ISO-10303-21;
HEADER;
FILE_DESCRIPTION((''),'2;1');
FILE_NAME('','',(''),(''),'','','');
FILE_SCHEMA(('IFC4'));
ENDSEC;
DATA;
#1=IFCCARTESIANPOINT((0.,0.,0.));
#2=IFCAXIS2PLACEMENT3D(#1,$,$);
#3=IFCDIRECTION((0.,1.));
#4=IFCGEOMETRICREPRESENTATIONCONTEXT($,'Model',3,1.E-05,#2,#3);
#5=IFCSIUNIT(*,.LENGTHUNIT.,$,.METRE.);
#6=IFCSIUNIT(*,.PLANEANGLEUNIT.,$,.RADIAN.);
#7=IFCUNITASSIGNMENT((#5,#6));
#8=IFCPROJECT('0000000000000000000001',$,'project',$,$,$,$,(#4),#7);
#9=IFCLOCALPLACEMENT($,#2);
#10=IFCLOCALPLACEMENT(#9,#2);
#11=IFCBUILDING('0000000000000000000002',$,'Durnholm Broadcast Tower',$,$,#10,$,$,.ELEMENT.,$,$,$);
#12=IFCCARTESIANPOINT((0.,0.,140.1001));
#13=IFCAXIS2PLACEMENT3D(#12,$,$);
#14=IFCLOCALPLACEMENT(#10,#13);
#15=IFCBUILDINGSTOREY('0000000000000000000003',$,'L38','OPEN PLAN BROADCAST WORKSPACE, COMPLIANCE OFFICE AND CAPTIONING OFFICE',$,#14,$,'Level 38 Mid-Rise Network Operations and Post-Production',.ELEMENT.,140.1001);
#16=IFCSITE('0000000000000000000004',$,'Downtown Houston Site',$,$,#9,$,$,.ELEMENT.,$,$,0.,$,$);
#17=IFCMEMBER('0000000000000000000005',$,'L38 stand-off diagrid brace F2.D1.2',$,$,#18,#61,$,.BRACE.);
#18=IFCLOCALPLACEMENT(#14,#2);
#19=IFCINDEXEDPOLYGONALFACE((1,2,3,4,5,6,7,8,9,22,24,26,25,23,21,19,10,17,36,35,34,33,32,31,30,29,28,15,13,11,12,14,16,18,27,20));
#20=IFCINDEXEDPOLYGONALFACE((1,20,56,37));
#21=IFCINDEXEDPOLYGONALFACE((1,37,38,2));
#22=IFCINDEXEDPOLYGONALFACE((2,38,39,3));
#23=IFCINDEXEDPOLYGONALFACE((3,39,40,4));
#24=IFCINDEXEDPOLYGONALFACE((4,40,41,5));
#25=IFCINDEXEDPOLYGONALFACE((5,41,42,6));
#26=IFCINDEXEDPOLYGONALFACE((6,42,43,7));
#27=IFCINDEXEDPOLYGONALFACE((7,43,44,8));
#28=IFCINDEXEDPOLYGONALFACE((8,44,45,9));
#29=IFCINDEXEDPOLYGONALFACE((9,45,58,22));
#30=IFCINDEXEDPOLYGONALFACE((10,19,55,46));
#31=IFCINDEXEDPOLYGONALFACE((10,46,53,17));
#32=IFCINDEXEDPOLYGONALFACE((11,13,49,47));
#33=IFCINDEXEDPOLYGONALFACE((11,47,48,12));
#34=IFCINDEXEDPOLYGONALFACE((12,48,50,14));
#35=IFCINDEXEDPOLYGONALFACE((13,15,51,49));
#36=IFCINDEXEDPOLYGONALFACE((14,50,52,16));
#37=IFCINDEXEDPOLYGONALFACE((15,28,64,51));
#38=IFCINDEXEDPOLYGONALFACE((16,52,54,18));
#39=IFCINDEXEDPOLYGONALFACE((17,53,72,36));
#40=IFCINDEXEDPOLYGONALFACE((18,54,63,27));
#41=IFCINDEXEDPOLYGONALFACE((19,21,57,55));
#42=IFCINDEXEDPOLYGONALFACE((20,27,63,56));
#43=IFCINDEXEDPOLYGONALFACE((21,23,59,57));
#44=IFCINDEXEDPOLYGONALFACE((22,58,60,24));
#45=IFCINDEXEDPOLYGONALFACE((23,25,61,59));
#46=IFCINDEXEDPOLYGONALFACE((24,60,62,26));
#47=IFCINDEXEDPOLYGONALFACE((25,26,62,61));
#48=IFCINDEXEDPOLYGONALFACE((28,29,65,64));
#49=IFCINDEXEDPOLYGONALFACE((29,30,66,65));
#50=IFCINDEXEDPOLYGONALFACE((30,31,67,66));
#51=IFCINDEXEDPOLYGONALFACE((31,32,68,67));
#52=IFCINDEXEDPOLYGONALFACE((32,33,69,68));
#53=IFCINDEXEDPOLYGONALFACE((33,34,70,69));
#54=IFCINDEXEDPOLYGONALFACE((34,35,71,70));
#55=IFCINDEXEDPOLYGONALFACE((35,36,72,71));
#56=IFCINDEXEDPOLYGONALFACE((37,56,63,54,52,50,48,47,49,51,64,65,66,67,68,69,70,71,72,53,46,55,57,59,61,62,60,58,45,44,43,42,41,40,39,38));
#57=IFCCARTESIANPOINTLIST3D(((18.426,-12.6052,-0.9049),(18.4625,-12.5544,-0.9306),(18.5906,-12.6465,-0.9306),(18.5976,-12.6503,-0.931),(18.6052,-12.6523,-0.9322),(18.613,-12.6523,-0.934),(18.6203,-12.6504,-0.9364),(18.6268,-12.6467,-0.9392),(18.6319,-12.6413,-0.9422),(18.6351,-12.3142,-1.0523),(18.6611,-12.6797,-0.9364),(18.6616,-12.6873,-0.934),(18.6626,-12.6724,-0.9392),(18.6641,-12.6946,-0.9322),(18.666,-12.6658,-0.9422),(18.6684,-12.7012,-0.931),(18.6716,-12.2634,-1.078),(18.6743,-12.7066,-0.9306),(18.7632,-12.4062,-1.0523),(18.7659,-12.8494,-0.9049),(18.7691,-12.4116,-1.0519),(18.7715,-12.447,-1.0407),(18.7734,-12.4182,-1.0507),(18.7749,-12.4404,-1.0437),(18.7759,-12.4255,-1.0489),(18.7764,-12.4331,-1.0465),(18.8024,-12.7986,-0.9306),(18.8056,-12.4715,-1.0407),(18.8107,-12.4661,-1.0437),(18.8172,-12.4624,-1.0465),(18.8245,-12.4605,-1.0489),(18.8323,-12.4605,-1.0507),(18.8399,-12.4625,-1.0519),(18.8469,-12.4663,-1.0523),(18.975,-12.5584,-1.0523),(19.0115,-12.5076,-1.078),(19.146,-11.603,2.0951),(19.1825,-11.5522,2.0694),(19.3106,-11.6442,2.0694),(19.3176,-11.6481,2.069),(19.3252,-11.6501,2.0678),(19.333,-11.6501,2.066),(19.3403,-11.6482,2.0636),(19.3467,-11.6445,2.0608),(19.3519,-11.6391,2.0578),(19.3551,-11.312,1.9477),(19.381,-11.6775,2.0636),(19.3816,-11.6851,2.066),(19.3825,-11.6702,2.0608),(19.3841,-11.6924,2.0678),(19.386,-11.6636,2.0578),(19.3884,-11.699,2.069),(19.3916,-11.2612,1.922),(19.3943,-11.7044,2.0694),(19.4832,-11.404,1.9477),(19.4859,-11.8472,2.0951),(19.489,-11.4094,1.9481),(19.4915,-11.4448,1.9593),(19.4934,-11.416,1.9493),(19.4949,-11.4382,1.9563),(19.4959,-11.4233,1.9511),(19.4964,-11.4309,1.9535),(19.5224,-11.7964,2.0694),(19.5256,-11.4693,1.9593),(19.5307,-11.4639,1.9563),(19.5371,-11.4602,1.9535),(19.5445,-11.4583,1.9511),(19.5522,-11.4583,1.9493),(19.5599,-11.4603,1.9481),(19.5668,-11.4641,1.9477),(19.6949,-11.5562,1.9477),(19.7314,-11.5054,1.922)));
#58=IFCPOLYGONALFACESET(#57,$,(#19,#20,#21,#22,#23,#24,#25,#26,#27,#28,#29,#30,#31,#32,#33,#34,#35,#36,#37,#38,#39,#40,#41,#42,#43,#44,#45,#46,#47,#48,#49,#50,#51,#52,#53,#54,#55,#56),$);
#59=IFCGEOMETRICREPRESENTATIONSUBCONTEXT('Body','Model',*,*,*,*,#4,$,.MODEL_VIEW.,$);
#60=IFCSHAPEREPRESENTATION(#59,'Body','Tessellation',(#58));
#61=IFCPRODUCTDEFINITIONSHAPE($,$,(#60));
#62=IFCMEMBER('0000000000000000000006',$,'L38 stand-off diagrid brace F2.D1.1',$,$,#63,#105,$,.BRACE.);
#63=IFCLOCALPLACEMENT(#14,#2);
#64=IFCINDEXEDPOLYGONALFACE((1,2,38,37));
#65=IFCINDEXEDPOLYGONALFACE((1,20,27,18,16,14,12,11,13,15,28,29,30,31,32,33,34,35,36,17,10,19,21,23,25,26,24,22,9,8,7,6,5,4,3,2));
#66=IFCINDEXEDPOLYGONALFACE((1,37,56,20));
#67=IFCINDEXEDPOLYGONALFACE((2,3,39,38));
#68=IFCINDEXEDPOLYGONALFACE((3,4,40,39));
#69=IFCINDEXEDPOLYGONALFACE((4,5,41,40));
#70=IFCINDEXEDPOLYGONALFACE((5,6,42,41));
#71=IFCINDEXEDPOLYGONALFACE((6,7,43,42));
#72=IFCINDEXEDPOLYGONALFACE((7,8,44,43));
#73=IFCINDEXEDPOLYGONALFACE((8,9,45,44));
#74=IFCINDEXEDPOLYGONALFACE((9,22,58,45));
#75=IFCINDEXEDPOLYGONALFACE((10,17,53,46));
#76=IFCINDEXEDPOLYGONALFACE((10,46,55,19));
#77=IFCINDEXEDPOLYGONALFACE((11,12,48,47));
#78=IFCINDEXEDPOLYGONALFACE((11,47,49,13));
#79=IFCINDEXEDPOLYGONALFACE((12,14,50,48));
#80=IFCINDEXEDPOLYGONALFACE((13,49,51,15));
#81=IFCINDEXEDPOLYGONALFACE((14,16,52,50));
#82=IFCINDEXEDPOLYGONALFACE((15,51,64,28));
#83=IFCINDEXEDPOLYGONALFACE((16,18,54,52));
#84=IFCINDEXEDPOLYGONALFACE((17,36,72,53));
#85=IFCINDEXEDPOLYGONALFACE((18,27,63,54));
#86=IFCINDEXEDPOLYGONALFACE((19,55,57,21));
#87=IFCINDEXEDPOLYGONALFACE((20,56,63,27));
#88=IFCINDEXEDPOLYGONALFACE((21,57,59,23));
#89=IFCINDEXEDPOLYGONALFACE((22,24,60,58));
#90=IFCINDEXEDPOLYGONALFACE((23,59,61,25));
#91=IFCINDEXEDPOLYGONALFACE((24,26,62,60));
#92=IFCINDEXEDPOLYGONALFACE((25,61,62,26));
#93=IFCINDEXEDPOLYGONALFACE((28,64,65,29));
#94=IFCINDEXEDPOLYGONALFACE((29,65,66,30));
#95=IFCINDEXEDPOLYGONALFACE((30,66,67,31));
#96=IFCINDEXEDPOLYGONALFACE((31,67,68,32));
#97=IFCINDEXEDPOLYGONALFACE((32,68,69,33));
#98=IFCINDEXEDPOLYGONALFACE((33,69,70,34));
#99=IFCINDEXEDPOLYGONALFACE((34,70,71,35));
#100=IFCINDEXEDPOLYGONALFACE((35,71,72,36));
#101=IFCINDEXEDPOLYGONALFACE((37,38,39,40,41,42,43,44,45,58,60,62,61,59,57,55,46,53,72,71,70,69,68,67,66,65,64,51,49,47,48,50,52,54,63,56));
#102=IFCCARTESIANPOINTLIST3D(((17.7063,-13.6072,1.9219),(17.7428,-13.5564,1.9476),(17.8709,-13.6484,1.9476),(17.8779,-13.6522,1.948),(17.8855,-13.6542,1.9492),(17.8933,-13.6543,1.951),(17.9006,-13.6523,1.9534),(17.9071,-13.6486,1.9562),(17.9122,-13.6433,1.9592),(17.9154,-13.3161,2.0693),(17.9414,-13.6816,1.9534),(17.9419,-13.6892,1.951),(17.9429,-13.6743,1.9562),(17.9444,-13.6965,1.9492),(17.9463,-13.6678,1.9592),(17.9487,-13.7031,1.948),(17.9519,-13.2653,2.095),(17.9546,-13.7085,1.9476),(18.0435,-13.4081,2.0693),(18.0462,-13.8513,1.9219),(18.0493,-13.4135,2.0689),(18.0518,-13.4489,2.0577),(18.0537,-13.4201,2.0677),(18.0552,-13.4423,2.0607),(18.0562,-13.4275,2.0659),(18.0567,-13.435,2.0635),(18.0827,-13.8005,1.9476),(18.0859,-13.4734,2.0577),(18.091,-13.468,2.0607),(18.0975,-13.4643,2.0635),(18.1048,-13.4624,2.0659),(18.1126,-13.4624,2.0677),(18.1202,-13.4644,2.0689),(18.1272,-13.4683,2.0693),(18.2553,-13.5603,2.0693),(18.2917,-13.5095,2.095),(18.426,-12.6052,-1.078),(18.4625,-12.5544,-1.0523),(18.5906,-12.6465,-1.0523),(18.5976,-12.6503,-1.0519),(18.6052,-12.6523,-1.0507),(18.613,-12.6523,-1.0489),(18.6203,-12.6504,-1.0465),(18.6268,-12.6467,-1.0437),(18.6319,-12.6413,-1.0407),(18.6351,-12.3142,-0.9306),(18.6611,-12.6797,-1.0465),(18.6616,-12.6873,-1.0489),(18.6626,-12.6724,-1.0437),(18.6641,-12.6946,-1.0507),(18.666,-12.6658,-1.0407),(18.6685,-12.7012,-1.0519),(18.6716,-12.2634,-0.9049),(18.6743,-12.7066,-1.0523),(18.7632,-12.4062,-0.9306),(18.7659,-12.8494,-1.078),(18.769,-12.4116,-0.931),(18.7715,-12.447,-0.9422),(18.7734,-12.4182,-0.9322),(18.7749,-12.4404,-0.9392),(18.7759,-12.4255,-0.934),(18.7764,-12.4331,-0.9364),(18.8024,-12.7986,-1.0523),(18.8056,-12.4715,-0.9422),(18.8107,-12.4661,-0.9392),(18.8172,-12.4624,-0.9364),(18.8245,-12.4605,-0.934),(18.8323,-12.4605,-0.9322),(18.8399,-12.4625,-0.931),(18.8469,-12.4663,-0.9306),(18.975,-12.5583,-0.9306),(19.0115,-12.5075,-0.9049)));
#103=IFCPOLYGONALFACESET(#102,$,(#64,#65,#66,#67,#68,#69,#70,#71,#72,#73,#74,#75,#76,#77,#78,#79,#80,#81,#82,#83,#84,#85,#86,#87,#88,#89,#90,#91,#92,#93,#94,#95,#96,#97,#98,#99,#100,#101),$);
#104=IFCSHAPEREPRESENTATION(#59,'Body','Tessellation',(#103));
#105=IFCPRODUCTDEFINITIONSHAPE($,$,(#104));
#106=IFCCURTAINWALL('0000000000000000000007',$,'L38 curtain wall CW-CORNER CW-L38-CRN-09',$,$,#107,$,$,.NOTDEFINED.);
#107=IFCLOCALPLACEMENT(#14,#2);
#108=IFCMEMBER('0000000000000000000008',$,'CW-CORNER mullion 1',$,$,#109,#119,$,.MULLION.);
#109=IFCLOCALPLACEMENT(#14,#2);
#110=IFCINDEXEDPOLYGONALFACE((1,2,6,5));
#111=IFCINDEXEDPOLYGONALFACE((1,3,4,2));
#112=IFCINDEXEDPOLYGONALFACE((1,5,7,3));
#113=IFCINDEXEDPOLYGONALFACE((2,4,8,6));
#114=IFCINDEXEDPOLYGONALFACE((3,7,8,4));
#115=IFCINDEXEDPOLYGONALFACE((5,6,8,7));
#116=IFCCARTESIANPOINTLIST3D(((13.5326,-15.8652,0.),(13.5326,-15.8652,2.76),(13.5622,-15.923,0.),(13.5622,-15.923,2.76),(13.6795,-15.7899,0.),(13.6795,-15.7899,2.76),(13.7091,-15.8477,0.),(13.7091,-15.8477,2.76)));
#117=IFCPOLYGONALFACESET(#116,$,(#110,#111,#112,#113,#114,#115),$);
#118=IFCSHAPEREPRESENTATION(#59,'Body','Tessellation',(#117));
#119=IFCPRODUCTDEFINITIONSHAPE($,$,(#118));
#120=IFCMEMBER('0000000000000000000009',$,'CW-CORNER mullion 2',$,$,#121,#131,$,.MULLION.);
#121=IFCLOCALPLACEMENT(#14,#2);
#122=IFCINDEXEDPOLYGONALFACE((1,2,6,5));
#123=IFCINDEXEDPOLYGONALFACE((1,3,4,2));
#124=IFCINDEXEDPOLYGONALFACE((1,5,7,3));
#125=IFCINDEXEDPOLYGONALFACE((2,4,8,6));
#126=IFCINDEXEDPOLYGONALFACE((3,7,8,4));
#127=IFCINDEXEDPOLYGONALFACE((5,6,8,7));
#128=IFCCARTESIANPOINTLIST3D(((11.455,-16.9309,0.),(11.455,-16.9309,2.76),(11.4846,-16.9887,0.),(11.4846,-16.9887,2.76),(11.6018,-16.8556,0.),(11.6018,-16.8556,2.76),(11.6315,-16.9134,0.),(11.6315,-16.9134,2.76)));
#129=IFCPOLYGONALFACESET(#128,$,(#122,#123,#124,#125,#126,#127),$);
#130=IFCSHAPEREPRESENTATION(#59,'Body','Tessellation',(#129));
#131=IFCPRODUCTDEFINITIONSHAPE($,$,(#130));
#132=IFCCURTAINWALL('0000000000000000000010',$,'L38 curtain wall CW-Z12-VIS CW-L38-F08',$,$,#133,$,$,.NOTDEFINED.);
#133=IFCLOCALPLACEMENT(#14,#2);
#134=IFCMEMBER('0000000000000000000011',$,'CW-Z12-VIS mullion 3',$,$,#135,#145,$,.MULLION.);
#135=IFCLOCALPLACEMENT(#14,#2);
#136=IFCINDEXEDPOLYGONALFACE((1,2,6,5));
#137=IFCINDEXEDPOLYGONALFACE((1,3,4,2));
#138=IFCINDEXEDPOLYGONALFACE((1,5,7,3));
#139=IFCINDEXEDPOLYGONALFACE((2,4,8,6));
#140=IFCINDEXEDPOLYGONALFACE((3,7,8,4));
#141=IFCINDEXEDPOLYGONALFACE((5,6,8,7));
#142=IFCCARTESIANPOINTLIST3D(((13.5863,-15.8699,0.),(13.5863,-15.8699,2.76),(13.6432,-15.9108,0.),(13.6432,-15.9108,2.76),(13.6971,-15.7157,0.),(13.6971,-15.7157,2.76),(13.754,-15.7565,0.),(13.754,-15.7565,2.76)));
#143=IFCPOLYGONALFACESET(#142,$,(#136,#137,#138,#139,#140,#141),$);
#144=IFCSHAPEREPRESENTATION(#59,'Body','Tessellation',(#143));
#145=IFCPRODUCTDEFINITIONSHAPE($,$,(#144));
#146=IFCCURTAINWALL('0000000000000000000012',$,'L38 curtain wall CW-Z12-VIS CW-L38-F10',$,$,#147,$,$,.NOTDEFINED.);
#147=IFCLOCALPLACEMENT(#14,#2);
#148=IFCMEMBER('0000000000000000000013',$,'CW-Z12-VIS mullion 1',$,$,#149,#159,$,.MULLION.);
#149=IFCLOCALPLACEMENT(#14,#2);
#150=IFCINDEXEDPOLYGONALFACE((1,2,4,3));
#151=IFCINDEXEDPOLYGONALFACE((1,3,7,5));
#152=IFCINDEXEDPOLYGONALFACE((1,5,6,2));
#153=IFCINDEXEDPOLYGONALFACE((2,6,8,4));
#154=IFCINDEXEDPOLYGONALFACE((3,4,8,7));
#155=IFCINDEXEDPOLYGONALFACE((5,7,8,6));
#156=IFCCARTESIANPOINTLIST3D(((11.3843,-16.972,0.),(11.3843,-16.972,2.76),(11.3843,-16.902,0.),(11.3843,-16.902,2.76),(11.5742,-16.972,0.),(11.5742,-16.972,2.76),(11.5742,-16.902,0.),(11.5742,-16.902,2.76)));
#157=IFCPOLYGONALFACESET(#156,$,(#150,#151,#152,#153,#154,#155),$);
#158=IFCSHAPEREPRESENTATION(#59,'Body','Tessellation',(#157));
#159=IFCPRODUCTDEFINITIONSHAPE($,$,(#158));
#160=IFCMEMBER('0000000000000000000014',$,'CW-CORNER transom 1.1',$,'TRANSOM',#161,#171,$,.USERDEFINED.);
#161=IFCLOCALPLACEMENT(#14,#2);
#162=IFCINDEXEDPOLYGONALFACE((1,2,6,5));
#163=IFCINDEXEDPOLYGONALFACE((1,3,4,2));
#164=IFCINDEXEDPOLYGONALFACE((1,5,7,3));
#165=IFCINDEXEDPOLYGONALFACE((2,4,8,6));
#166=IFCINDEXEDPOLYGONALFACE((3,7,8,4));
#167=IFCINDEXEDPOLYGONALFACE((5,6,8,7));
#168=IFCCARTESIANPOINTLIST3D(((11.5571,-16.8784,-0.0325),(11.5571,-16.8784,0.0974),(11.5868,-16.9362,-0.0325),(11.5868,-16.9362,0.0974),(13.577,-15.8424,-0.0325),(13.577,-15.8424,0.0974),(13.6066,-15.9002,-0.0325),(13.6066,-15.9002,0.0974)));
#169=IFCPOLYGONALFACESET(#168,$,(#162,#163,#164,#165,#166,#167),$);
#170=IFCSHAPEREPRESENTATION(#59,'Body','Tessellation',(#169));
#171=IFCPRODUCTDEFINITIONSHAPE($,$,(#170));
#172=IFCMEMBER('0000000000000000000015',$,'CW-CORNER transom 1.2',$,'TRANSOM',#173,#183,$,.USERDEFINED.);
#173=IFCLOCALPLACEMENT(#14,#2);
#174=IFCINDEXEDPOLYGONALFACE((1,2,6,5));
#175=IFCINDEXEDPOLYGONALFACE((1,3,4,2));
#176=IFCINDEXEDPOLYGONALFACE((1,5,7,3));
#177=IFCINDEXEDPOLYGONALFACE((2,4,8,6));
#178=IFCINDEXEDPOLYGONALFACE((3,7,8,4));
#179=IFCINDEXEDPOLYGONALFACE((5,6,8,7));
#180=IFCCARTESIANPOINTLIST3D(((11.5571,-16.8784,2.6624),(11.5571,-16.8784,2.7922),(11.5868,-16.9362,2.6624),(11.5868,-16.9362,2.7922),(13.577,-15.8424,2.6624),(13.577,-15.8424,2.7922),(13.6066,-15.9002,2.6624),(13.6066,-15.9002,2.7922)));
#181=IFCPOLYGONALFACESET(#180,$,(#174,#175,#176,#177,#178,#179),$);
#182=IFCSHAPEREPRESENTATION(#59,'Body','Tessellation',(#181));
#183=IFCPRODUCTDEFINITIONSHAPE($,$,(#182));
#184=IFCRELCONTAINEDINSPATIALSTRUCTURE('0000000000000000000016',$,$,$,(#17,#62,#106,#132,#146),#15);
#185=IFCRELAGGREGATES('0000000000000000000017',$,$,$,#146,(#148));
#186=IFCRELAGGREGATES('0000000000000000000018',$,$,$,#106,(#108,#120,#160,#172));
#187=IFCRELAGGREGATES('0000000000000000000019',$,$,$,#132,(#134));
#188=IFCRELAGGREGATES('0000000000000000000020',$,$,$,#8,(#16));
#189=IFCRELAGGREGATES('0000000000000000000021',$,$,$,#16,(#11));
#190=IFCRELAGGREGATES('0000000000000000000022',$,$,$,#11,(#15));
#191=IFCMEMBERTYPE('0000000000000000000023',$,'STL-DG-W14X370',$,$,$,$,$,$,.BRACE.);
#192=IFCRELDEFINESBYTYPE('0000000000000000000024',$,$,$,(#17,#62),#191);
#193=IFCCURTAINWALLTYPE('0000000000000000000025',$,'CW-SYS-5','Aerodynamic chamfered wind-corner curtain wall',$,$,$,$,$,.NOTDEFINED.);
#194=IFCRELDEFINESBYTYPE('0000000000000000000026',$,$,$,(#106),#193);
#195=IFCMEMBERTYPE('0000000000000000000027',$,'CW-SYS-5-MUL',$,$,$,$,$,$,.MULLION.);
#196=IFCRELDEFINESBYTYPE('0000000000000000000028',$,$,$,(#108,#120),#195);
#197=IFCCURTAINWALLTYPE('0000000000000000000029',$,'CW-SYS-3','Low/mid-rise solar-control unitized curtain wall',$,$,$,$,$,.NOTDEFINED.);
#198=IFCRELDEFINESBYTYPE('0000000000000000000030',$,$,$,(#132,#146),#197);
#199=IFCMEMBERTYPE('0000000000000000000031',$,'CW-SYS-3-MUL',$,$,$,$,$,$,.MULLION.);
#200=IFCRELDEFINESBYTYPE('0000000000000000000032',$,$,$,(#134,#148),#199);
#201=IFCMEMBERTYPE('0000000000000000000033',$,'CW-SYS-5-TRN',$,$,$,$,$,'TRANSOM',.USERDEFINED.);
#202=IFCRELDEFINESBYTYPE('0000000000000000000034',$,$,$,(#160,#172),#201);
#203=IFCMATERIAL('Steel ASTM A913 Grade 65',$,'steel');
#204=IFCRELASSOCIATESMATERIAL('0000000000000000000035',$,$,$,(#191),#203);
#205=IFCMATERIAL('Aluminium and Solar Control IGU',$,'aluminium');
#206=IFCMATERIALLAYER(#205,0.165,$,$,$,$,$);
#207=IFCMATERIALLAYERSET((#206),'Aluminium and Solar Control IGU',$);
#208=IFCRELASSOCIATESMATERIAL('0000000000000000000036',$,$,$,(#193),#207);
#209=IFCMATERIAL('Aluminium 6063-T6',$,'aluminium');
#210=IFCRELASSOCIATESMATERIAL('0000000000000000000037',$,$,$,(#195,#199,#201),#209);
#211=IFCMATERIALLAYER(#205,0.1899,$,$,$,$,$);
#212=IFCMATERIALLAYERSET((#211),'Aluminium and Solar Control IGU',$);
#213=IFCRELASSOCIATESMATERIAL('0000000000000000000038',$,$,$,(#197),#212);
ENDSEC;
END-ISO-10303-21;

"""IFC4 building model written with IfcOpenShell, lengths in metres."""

from ifc_helpers import new_model, si_unit, direction, frame, origin, origin_2d, place, context, subcontext, project, spatial, rectangle, i_section, extrude, source, transform, mapped, material, layer, layer_set, material_profile, profile_set, type_object, type_shapes, element, aggregate, save


model = new_model("IFC4")

# Units and contexts
model_context = context("Model", 3, precision=1e-05, world=origin(), true_north=direction((0.0, 1.0)))
body_context = subcontext(model_context, "Body", "Model", "MODEL_VIEW")
ifc_project = project(units=[si_unit("LENGTHUNIT", "METRE"), si_unit("PLANEANGLEUNIT", "RADIAN")], contexts=[model_context])

# Site, building, storey
site_placement = place(None, origin())
site = spatial("IfcSite", under=ifc_project, at=site_placement, Name="Downtown Houston Site", CompositionType="ELEMENT", RefElevation=0.0)
building_placement = place(site_placement, origin())
building = spatial("IfcBuilding", under=site, at=building_placement, Name="Durnholm Broadcast Tower", CompositionType="ELEMENT")
storey_placement = place(building_placement, frame((0.0, 0.0, 140.1001)))
storey = spatial("IfcBuildingStorey", under=building, at=storey_placement, Name="L38", Description="OPEN PLAN BROADCAST WORKSPACE, COMPLIANCE OFFICE AND CAPTIONING OFFICE", LongName="Level 38 Mid-Rise Network Operations and Post-Production", CompositionType="ELEMENT", Elevation=140.1001)

# Members
ifc_material_1 = material(Name="Steel ASTM A913 Grade 65", Category="steel")
ifc_material_profile_1 = material_profile(ifc_material_1, i_section(OverallWidth=0.4185, OverallDepth=0.4551, WebThickness=0.042, FlangeThickness=0.0676, FilletRadius=0.0305, at=origin_2d()), Name="W14X370")
ifc_profile_set_1 = profile_set([ifc_material_profile_1], Name="Steel ASTM A913 Grade 65")
member_type_1 = type_object("IfcMemberType", Name="STL-DG-W14X370", PredefinedType="BRACE", material=ifc_profile_set_1)
shared_shape_1 = source(origin(), body_context, "Body", "SweptSolid", [
    extrude(i_section(OverallWidth=0.4185, OverallDepth=0.4551, WebThickness=0.042, FlangeThickness=0.0676, FilletRadius=0.0305, at=origin_2d()), origin(), (0.0, 0.0, 1.0), 3.2439),
])
member_1_placement = place(storey_placement, frame((18.7188, -12.5564, -0.9915), z_axis=(0.221947, 0.30895, 0.924818), x_axis=(-0.812153, 0.583444, 0.0)))
element("IfcMember", 1, at=member_1_placement, inside=storey, type_object=member_type_1, Name="L38 stand-off diagrid brace F2.D1.2", PredefinedType="BRACE", context=body_context, shape_type="MappedRepresentation", body=[
    mapped(shared_shape_1, transform((0.0, 0.0, 0.0), x_axis=(1.0, 0.0, 0.0), y_axis=(0.0, 1.0, 0.0), z_axis=(0.0, 0.0, 1.0), scale=1.0)),
])
shared_shape_2 = source(origin(), body_context, "Body", "SweptSolid", [
    extrude(i_section(OverallWidth=0.4185, OverallDepth=0.4551, WebThickness=0.042, FlangeThickness=0.0676, FilletRadius=0.0305, at=origin_2d()), origin(), (0.0, 0.0, 1.0), 3.2437),
])
type_shapes(member_type_1, [shared_shape_1, shared_shape_2])
member_2_placement = place(storey_placement, frame((18.7188, -12.5564, -0.9915), z_axis=(-0.221881, -0.308887, 0.924855), x_axis=(0.812179, -0.583408, 0.0)))
element("IfcMember", 2, at=member_2_placement, inside=storey, type_object=member_type_1, Name="L38 stand-off diagrid brace F2.D1.1", PredefinedType="BRACE", context=body_context, shape_type="MappedRepresentation", body=[
    mapped(shared_shape_2, transform((0.0, 0.0, 0.0), x_axis=(1.0, 0.0, 0.0), y_axis=(0.0, 1.0, 0.0), z_axis=(0.0, 0.0, 1.0), scale=1.0)),
])

# Curtain wall, members
ifc_material_2 = material(Name="Aluminium and Solar Control IGU", Category="aluminium")
ifc_layer_1 = layer(ifc_material_2, 0.165)
ifc_layer_set_1 = layer_set([ifc_layer_1], Name="Aluminium and Solar Control IGU")
curtain_wall_type_1 = type_object("IfcCurtainWallType", Name="CW-SYS-5", Description="Aerodynamic chamfered wind-corner curtain wall", PredefinedType="NOTDEFINED", material=ifc_layer_set_1)
curtain_wall_1_placement = place(storey_placement, origin())
curtain_wall_1 = element("IfcCurtainWall", 3, at=curtain_wall_1_placement, inside=storey, type_object=curtain_wall_type_1, Name="L38 curtain wall CW-CORNER CW-L38-CRN-09", PredefinedType="NOTDEFINED")
ifc_material_3 = material(Name="Aluminium 6063-T6", Category="aluminium")
ifc_material_profile_2 = material_profile(ifc_material_3, rectangle(XDim=0.0649, YDim=0.165, at=origin_2d()), Name="CWM65X165")
ifc_profile_set_2 = profile_set([ifc_material_profile_2], Name="Aluminium 6063-T6")
member_type_2 = type_object("IfcMemberType", Name="CW-SYS-5-MUL", PredefinedType="MULLION", material=ifc_profile_set_2)
shared_shape_3 = source(origin(), body_context, "Body", "SweptSolid", [
    extrude(rectangle(XDim=0.0649, YDim=0.165, at=origin_2d()), origin(), (0.0, 0.0, 1.0), 2.76),
])
type_shapes(member_type_2, [shared_shape_3])
member_3_placement = place(storey_placement, frame((13.6208, -15.8564, 0.0), z_axis=(0.0, 0.0, 1.0), x_axis=(0.456373, -0.889788, 0.0)))
member_3 = element("IfcMember", 4, at=member_3_placement, type_object=member_type_2, Name="CW-CORNER mullion 1", PredefinedType="MULLION", context=body_context, shape_type="MappedRepresentation", body=[
    mapped(shared_shape_3, transform((0.0, 0.0, 0.0), x_axis=(1.0, 0.0, 0.0), y_axis=(0.0, 1.0, 0.0), z_axis=(0.0, 0.0, 1.0), scale=1.0)),
])
member_4_placement = place(storey_placement, frame((11.5432, -16.9221, 0.0), z_axis=(0.0, 0.0, 1.0), x_axis=(0.456373, -0.889788, 0.0)))
member_4 = element("IfcMember", 5, at=member_4_placement, type_object=member_type_2, Name="CW-CORNER mullion 2", PredefinedType="MULLION", context=body_context, shape_type="MappedRepresentation", body=[
    mapped(shared_shape_3, transform((0.0, 0.0, 0.0), x_axis=(1.0, 0.0, 0.0), y_axis=(0.0, 1.0, 0.0), z_axis=(0.0, 0.0, 1.0), scale=1.0)),
])

# Curtain walls, members
ifc_layer_2 = layer(ifc_material_2, 0.1899)
ifc_layer_set_2 = layer_set([ifc_layer_2], Name="Aluminium and Solar Control IGU")
curtain_wall_type_2 = type_object("IfcCurtainWallType", Name="CW-SYS-3", Description="Low/mid-rise solar-control unitized curtain wall", PredefinedType="NOTDEFINED", material=ifc_layer_set_2)
curtain_wall_2_placement = place(storey_placement, origin())
curtain_wall_2 = element("IfcCurtainWall", 6, at=curtain_wall_2_placement, inside=storey, type_object=curtain_wall_type_2, Name="L38 curtain wall CW-Z12-VIS CW-L38-F08", PredefinedType="NOTDEFINED")
ifc_material_profile_3 = material_profile(ifc_material_3, rectangle(XDim=0.0701, YDim=0.1899, at=origin_2d()), Name="CWM70X190")
ifc_profile_set_3 = profile_set([ifc_material_profile_3], Name="Aluminium 6063-T6")
member_type_3 = type_object("IfcMemberType", Name="CW-SYS-3-MUL", PredefinedType="MULLION", material=ifc_profile_set_3)
shared_shape_4 = source(origin(), body_context, "Body", "SweptSolid", [
    extrude(rectangle(XDim=0.0701, YDim=0.1899, at=origin_2d()), origin(), (0.0, 0.0, 1.0), 2.76),
])
type_shapes(member_type_3, [shared_shape_4])
member_5_placement = place(storey_placement, frame((13.6702, -15.8132, 0.0), z_axis=(0.0, 0.0, 1.0), x_axis=(0.812152, -0.583445, 0.0)))
member_5 = element("IfcMember", 7, at=member_5_placement, type_object=member_type_3, Name="CW-Z12-VIS mullion 3", PredefinedType="MULLION", context=body_context, shape_type="MappedRepresentation", body=[
    mapped(shared_shape_4, transform((0.0, 0.0, 0.0), x_axis=(1.0, 0.0, 0.0), y_axis=(0.0, 1.0, 0.0), z_axis=(0.0, 0.0, 1.0), scale=1.0)),
])
curtain_wall_3_placement = place(storey_placement, origin())
curtain_wall_3 = element("IfcCurtainWall", 8, at=curtain_wall_3_placement, inside=storey, type_object=curtain_wall_type_2, Name="L38 curtain wall CW-Z12-VIS CW-L38-F10", PredefinedType="NOTDEFINED")
member_6_placement = place(storey_placement, frame((11.4792, -16.937, 0.0), z_axis=(0.0, 0.0, 1.0), x_axis=(0.0, -1.0, 0.0)))
member_6 = element("IfcMember", 9, at=member_6_placement, type_object=member_type_3, Name="CW-Z12-VIS mullion 1", PredefinedType="MULLION", context=body_context, shape_type="MappedRepresentation", body=[
    mapped(shared_shape_4, transform((0.0, 0.0, 0.0), x_axis=(1.0, 0.0, 0.0), y_axis=(0.0, 1.0, 0.0), z_axis=(0.0, 0.0, 1.0), scale=1.0)),
])

# Members
ifc_material_profile_4 = material_profile(ifc_material_3, rectangle(XDim=0.0649, YDim=0.1299, at=origin_2d()), Name="CWT65X130")
ifc_profile_set_4 = profile_set([ifc_material_profile_4], Name="Aluminium 6063-T6")
member_type_4 = type_object("IfcMemberType", Name="CW-SYS-5-TRN", ElementType="TRANSOM", PredefinedType="USERDEFINED", material=ifc_profile_set_4)
shared_shape_5 = source(origin(), body_context, "Body", "SweptSolid", [
    extrude(rectangle(XDim=0.0649, YDim=0.1299, at=origin_2d()), origin(), (0.0, 0.0, 1.0), 2.27),
])
type_shapes(member_type_4, [shared_shape_5])
member_7_placement = place(storey_placement, frame((13.5918, -15.8713, 0.0325), z_axis=(-0.889798, -0.456354, 0.0), x_axis=(0.456354, -0.889798, 0.0)))
member_7 = element("IfcMember", 10, at=member_7_placement, type_object=member_type_4, Name="CW-CORNER transom 1.1", ObjectType="TRANSOM", PredefinedType="USERDEFINED", context=body_context, shape_type="MappedRepresentation", body=[
    mapped(shared_shape_5, transform((0.0, 0.0, 0.0), x_axis=(1.0, 0.0, 0.0), y_axis=(0.0, 1.0, 0.0), z_axis=(0.0, 0.0, 1.0), scale=1.0)),
])
member_8_placement = place(storey_placement, frame((13.5918, -15.8713, 2.7273), z_axis=(-0.889798, -0.456354, 0.0), x_axis=(0.456354, -0.889798, 0.0)))
member_8 = element("IfcMember", 11, at=member_8_placement, type_object=member_type_4, Name="CW-CORNER transom 1.2", ObjectType="TRANSOM", PredefinedType="USERDEFINED", context=body_context, shape_type="MappedRepresentation", body=[
    mapped(shared_shape_5, transform((0.0, 0.0, 0.0), x_axis=(1.0, 0.0, 0.0), y_axis=(0.0, 1.0, 0.0), z_axis=(0.0, 0.0, 1.0), scale=1.0)),
])
aggregate(curtain_wall_3, [member_6])

aggregate(curtain_wall_1, [member_3, member_4, member_7, member_8])
aggregate(curtain_wall_2, [member_5])

save(model, "model.ifc")
